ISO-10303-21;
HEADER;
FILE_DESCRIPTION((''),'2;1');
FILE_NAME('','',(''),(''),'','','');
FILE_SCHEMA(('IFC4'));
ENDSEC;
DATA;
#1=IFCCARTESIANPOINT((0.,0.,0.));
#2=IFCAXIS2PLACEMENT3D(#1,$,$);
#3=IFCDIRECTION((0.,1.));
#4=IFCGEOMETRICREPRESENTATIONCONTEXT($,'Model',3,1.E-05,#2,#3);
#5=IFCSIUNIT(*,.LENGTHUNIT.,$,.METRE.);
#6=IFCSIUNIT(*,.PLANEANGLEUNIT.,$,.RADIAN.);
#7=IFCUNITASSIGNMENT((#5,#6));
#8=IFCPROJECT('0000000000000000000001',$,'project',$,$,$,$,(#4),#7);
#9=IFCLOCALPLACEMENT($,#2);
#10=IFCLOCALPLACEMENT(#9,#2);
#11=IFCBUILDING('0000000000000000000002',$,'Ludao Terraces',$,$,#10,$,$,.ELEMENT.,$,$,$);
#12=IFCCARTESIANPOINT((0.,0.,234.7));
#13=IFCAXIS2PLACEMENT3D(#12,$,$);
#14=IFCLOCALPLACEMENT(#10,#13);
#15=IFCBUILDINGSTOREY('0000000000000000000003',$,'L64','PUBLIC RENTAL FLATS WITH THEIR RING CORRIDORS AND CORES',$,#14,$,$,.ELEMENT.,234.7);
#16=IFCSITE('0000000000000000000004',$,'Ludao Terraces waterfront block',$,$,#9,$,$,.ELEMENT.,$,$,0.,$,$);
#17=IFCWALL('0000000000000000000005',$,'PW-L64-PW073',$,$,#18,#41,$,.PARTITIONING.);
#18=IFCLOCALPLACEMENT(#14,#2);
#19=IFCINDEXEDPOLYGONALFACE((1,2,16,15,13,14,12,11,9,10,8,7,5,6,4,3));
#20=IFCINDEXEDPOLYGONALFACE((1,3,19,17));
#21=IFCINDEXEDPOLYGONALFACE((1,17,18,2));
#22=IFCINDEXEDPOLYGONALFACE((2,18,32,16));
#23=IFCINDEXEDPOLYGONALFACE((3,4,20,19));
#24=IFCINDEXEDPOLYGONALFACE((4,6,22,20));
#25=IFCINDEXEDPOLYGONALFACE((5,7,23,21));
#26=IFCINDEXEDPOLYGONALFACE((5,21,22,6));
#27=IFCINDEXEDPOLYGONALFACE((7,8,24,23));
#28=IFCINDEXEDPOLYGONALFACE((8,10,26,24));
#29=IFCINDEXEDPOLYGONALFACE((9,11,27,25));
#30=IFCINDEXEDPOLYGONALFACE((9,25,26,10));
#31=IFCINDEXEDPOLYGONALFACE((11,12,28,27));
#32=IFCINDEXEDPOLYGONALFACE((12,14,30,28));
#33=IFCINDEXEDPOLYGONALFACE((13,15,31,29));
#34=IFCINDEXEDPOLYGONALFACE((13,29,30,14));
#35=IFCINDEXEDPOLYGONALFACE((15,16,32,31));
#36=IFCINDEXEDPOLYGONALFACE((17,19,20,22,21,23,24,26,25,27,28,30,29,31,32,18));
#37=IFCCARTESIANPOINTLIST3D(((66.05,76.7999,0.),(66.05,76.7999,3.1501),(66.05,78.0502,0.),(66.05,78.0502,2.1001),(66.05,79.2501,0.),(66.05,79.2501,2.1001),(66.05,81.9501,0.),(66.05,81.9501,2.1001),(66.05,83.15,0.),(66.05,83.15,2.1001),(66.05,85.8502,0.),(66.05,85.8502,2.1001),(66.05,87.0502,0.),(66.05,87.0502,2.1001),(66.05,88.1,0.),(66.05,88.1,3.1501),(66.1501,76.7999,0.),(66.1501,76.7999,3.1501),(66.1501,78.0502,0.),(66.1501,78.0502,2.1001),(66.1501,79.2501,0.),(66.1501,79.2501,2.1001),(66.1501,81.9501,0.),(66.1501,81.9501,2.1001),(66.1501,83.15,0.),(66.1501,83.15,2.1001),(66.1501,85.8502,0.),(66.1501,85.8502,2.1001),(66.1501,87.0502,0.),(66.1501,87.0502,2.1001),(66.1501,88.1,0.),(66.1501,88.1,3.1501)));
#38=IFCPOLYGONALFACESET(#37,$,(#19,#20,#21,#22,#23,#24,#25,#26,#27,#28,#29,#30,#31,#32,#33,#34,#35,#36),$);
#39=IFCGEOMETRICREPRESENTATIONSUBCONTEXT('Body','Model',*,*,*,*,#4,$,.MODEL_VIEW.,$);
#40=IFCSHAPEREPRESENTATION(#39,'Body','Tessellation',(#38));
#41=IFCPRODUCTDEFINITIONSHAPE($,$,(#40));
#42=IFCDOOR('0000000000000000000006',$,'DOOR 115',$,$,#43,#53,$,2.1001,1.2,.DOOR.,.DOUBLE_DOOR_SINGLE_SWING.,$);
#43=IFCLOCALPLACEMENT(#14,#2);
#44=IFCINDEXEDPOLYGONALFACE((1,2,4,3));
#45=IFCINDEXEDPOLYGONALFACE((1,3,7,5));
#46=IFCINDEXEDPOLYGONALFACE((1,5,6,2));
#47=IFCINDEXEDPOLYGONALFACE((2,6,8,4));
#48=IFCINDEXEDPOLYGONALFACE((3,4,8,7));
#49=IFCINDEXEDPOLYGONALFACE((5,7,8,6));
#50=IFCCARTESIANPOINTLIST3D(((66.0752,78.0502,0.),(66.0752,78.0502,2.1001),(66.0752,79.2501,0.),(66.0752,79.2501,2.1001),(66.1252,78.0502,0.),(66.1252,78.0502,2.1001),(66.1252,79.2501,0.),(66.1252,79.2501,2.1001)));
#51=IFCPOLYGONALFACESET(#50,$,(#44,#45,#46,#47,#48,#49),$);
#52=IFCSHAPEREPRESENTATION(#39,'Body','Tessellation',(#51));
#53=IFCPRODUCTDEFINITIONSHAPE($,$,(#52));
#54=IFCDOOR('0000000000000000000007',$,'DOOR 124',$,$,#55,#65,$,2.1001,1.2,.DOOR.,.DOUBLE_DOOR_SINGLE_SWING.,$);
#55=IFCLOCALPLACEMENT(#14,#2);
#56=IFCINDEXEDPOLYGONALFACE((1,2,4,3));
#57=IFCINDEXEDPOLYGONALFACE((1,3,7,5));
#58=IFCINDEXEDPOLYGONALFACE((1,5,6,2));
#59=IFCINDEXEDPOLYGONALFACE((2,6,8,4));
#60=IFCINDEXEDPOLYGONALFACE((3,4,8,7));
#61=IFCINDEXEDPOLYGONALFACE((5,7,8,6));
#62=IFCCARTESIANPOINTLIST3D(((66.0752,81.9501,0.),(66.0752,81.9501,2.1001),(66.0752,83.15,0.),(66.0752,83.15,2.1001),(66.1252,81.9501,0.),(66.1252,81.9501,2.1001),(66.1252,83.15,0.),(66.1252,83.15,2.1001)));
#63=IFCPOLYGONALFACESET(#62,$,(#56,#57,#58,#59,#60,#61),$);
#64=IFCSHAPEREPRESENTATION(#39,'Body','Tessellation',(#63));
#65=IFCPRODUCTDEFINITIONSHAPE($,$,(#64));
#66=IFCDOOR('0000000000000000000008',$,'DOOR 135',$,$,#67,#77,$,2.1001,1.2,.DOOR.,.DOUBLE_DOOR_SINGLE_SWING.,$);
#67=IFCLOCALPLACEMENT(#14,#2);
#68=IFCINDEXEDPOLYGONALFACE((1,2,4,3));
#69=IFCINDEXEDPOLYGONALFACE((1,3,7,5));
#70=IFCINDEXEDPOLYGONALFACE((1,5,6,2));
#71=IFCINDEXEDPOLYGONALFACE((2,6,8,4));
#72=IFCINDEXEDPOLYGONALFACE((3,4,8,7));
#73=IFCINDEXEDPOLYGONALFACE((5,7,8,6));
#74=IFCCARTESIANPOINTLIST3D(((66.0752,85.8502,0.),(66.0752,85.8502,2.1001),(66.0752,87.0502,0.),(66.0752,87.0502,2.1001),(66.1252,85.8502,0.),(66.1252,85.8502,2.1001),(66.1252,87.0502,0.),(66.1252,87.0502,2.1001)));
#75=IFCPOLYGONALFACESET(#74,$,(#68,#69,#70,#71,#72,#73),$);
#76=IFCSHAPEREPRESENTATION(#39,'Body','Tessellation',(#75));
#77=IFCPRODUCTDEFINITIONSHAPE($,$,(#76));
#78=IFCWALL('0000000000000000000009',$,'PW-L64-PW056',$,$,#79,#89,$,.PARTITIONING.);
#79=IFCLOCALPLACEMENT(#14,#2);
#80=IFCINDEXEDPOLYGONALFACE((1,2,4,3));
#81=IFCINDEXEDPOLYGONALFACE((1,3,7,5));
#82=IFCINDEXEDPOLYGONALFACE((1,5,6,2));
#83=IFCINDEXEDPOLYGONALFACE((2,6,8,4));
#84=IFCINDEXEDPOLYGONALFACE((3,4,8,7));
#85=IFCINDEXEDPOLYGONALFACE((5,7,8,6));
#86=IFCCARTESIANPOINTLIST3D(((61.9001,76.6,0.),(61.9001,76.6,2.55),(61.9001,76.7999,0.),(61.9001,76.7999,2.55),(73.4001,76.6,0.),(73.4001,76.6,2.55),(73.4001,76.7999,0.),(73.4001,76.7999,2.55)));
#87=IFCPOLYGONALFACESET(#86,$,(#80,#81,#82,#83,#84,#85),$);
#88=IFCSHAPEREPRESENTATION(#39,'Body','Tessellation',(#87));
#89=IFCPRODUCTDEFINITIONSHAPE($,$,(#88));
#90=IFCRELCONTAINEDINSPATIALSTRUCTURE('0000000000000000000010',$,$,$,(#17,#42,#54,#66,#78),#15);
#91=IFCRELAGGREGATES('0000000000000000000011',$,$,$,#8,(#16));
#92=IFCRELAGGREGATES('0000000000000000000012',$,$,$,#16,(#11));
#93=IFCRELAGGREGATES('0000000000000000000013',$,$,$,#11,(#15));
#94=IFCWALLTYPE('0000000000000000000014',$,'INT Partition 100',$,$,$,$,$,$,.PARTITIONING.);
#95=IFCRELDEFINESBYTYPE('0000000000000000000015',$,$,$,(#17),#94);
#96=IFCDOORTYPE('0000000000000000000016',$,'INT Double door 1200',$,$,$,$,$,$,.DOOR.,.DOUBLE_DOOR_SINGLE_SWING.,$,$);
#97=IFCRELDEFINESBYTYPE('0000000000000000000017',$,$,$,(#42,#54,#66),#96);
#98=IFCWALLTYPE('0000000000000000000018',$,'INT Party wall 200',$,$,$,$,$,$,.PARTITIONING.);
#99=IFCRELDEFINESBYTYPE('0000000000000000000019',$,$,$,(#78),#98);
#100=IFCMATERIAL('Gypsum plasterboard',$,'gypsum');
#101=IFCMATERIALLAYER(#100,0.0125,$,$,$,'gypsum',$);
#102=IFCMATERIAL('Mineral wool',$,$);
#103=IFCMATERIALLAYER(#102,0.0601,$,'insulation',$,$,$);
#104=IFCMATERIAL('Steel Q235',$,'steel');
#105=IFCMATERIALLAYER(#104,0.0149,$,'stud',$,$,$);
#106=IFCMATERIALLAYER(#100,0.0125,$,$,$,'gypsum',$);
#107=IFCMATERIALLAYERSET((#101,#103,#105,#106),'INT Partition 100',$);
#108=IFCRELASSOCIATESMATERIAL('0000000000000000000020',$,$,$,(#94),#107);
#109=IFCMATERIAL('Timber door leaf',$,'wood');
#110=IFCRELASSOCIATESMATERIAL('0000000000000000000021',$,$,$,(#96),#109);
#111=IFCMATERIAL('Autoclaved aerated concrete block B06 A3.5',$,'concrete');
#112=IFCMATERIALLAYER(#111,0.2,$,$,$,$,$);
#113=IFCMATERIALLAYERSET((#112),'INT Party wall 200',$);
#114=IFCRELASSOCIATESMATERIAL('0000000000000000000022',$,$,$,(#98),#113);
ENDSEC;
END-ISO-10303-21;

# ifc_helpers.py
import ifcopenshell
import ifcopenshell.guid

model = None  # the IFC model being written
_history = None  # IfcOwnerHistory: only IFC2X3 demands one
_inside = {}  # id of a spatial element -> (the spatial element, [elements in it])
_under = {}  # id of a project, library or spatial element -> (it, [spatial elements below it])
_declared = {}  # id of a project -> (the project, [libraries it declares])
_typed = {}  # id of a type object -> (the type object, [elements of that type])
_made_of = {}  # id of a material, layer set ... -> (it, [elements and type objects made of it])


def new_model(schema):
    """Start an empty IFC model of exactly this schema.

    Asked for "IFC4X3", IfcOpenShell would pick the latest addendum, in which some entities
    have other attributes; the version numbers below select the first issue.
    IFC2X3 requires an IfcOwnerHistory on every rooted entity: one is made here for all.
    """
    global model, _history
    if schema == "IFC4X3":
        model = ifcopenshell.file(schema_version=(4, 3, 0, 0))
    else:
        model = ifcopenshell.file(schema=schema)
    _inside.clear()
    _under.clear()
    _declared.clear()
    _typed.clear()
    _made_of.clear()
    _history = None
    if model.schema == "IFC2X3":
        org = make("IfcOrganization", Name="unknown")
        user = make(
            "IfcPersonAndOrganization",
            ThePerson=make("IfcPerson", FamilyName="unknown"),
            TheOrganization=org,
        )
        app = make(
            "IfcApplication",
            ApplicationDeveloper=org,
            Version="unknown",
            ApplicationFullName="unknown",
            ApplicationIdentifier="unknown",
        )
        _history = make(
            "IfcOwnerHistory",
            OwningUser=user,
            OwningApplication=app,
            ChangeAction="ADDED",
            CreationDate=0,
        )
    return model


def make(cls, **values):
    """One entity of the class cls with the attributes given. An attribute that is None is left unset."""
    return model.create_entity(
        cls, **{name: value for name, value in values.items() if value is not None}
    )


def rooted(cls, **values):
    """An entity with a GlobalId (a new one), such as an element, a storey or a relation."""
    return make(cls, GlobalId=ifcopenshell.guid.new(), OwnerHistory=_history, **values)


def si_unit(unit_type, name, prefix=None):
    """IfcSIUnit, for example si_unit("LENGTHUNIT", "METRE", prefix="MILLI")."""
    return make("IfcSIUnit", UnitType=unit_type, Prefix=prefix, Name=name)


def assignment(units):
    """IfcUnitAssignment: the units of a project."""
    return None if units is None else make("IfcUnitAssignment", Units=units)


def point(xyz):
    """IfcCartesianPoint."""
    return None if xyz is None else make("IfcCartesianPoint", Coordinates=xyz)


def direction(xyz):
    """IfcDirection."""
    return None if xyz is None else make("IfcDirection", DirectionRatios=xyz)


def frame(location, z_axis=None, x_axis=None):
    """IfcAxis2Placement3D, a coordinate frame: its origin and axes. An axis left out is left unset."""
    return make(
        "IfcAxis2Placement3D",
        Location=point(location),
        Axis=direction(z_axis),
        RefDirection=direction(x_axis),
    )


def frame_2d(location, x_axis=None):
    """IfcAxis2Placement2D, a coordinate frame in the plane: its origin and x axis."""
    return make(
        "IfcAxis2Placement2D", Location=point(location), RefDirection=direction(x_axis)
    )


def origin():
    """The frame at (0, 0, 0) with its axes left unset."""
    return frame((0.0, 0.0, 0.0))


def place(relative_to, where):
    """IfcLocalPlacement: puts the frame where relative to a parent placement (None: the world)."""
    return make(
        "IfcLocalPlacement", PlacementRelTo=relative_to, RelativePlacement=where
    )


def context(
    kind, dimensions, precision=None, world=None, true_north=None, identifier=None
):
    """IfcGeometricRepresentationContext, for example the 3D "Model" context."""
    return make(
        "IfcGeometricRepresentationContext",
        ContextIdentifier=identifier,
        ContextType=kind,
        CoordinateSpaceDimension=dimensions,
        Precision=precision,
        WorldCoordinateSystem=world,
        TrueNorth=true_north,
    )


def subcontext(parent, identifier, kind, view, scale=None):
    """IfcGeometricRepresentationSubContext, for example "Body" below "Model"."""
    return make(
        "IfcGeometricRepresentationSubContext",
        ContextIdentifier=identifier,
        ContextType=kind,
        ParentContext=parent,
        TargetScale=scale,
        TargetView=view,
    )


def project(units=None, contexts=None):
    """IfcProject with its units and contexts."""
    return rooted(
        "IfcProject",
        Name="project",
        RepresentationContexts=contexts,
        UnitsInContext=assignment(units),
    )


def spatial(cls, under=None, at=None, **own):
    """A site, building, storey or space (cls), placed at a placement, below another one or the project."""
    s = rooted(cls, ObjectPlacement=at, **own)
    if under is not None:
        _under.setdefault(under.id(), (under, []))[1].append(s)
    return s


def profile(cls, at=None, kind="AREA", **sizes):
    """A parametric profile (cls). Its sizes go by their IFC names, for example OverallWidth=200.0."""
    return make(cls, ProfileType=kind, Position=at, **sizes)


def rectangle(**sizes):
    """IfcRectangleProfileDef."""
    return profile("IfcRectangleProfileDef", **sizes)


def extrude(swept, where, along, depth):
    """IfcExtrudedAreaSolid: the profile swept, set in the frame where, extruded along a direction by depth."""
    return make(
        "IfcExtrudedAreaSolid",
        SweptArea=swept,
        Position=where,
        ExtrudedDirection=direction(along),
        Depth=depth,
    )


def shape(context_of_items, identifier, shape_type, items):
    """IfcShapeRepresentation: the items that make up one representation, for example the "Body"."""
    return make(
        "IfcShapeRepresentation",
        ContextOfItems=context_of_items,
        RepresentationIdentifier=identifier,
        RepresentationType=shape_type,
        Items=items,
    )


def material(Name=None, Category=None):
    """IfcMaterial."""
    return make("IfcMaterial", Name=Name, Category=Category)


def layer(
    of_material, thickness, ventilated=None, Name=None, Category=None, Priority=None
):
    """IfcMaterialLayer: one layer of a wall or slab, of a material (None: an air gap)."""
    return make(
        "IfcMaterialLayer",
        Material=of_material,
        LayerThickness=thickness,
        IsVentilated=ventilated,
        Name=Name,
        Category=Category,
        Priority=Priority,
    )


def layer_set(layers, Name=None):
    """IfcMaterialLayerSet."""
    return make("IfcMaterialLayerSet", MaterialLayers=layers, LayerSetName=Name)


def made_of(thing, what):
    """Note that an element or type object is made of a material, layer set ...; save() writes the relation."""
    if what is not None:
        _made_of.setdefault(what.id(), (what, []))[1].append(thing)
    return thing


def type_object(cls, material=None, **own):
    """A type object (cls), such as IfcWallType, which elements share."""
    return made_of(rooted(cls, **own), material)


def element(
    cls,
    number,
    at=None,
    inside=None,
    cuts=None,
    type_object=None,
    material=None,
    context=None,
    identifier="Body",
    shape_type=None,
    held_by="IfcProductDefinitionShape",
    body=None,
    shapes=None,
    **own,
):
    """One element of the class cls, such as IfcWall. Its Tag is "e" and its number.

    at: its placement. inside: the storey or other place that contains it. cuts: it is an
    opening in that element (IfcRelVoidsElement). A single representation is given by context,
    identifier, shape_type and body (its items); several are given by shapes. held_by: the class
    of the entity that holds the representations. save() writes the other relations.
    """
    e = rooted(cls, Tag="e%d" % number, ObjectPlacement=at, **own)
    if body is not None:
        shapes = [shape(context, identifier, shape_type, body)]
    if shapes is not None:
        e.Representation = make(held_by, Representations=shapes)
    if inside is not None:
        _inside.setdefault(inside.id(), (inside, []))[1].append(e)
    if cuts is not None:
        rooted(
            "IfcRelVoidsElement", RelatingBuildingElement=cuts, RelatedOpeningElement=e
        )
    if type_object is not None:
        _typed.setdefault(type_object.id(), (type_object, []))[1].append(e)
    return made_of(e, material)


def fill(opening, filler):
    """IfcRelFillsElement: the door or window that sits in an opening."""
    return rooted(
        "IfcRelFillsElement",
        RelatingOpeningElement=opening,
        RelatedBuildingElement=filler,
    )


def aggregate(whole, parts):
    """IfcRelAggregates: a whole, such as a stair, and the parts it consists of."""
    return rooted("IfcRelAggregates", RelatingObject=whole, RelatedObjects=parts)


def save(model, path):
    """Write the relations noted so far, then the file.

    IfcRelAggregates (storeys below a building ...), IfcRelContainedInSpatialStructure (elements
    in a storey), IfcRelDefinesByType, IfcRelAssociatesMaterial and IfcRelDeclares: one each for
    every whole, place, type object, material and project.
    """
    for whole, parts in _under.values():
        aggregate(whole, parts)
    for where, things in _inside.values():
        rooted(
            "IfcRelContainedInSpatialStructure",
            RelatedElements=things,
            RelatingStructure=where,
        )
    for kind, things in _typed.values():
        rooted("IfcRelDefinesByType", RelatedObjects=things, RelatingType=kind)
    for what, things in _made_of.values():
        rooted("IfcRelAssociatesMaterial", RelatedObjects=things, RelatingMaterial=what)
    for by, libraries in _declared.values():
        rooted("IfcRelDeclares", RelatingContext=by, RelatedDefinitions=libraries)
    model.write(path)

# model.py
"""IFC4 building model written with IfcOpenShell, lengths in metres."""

from ifc_helpers import new_model, si_unit, direction, frame, frame_2d, origin, place, context, subcontext, project, spatial, rectangle, extrude, material, layer, layer_set, type_object, element, fill, save


model = new_model("IFC4")

# Units and contexts
model_context = context("Model", 3, precision=1e-05, world=origin(), true_north=direction((0.0, 1.0)))
body_context = subcontext(model_context, "Body", "Model", "MODEL_VIEW")
ifc_project = project(units=[si_unit("LENGTHUNIT", "METRE"), si_unit("PLANEANGLEUNIT", "RADIAN")], contexts=[model_context])

# Site, building, storey
site_placement = place(None, origin())
site = spatial("IfcSite", under=ifc_project, at=site_placement, Name="Ludao Terraces waterfront block", CompositionType="ELEMENT", RefElevation=0.0)
building_placement = place(site_placement, origin())
building = spatial("IfcBuilding", under=site, at=building_placement, Name="Ludao Terraces", CompositionType="ELEMENT")
storey_placement = place(building_placement, frame((0.0, 0.0, 234.7)))
storey = spatial("IfcBuildingStorey", under=building, at=storey_placement, Name="L64", Description="PUBLIC RENTAL FLATS WITH THEIR RING CORRIDORS AND CORES", CompositionType="ELEMENT", Elevation=234.7)

# Shared definitions
ifc_material_1 = material(Name="Mineral wool")

# Shared definitions
ifc_material_2 = material(Name="Gypsum plasterboard", Category="gypsum")
ifc_layer_1 = layer(ifc_material_2, 0.0125, Category="gypsum")
ifc_layer_2 = layer(ifc_material_1, 0.0601, Name="insulation")
ifc_material_3 = material(Name="Steel Q235", Category="steel")
ifc_layer_3 = layer(ifc_material_3, 0.0149, Name="stud")
ifc_layer_4 = layer(ifc_material_2, 0.0125, Category="gypsum")
ifc_layer_set_1 = layer_set([ifc_layer_1, ifc_layer_2, ifc_layer_3, ifc_layer_4], Name="INT Partition 100")
wall_type_1 = type_object("IfcWallType", Name="INT Partition 100", PredefinedType="PARTITIONING", material=ifc_layer_set_1)

# Wall, openings, doors
wall_1_placement = place(storey_placement, frame((66.1001, 76.8, 0.0), z_axis=(0.0, 0.0, 1.0), x_axis=(0.0, 1.0, 0.0)))
wall_1 = element("IfcWall", 1, at=wall_1_placement, inside=storey, type_object=wall_type_1, Name="PW-L64-PW073", PredefinedType="PARTITIONING", context=body_context, shape_type="SweptSolid", body=[
    extrude(rectangle(XDim=11.3, YDim=0.1001, at=frame_2d((5.6499, 0.0))), origin(), (0.0, 0.0, 1.0), 3.1501),
])
opening_1_placement = place(wall_1_placement, frame((1.25, 0.0, 0.0)))
opening_1 = element("IfcOpeningElement", 2, at=opening_1_placement, cuts=wall_1, PredefinedType="OPENING", context=body_context, shape_type="SweptSolid", body=[
    extrude(rectangle(XDim=1.2, YDim=2.1001, at=frame_2d((0.6001, 1.05))), frame((0.0, 0.0601, 0.0), z_axis=(0.0, -1.0, 0.0), x_axis=(1.0, 0.0, 0.0)), (0.0, 0.0, 1.0), 0.1201),
])
opening_2_placement = place(wall_1_placement, frame((5.1499, 0.0, 0.0)))
opening_2 = element("IfcOpeningElement", 3, at=opening_2_placement, cuts=wall_1, PredefinedType="OPENING", context=body_context, shape_type="SweptSolid", body=[
    extrude(rectangle(XDim=1.2, YDim=2.1001, at=frame_2d((0.6001, 1.05))), frame((0.0, 0.0601, 0.0), z_axis=(0.0, -1.0, 0.0), x_axis=(1.0, 0.0, 0.0)), (0.0, 0.0, 1.0), 0.1201),
])
opening_3_placement = place(wall_1_placement, frame((9.05, 0.0, 0.0)))
opening_3 = element("IfcOpeningElement", 4, at=opening_3_placement, cuts=wall_1, PredefinedType="OPENING", context=body_context, shape_type="SweptSolid", body=[
    extrude(rectangle(XDim=1.2, YDim=2.1001, at=frame_2d((0.6001, 1.05))), frame((0.0, 0.0601, 0.0), z_axis=(0.0, -1.0, 0.0), x_axis=(1.0, 0.0, 0.0)), (0.0, 0.0, 1.0), 0.1201),
])
ifc_material_4 = material(Name="Timber door leaf", Category="wood")
door_type = type_object("IfcDoorType", Name="INT Double door 1200", OperationType="DOUBLE_DOOR_SINGLE_SWING", PredefinedType="DOOR", material=ifc_material_4)
door_1_placement = place(opening_1_placement, origin())
door_1 = element("IfcDoor", 5, at=door_1_placement, inside=storey, type_object=door_type, Name="DOOR 115", OperationType="DOUBLE_DOOR_SINGLE_SWING", OverallHeight=2.1001, OverallWidth=1.2, PredefinedType="DOOR", context=body_context, shape_type="SweptSolid", body=[
    extrude(rectangle(XDim=1.2, YDim=2.1001, at=frame_2d((0.6001, 1.05))), frame((0.0, 0.0249, 0.0), z_axis=(0.0, -1.0, 0.0), x_axis=(1.0, 0.0, 0.0)), (0.0, 0.0, 1.0), 0.05),
])
fill(opening_1, door_1)
door_2_placement = place(opening_2_placement, origin())
door_2 = element("IfcDoor", 6, at=door_2_placement, inside=storey, type_object=door_type, Name="DOOR 124", OperationType="DOUBLE_DOOR_SINGLE_SWING", OverallHeight=2.1001, OverallWidth=1.2, PredefinedType="DOOR", context=body_context, shape_type="SweptSolid", body=[
    extrude(rectangle(XDim=1.2, YDim=2.1001, at=frame_2d((0.6001, 1.05))), frame((0.0, 0.0249, 0.0), z_axis=(0.0, -1.0, 0.0), x_axis=(1.0, 0.0, 0.0)), (0.0, 0.0, 1.0), 0.05),
])
fill(opening_2, door_2)
door_3_placement = place(opening_3_placement, origin())
door_3 = element("IfcDoor", 7, at=door_3_placement, inside=storey, type_object=door_type, Name="DOOR 135", OperationType="DOUBLE_DOOR_SINGLE_SWING", OverallHeight=2.1001, OverallWidth=1.2, PredefinedType="DOOR", context=body_context, shape_type="SweptSolid", body=[
    extrude(rectangle(XDim=1.2, YDim=2.1001, at=frame_2d((0.6001, 1.05))), frame((0.0, 0.0249, 0.0), z_axis=(0.0, -1.0, 0.0), x_axis=(1.0, 0.0, 0.0)), (0.0, 0.0, 1.0), 0.05),
])
fill(opening_3, door_3)

# Wall
ifc_material_5 = material(Name="Autoclaved aerated concrete block B06 A3.5", Category="concrete")
ifc_layer_5 = layer(ifc_material_5, 0.2)
ifc_layer_set_2 = layer_set([ifc_layer_5], Name="INT Party wall 200")
wall_type_2 = type_object("IfcWallType", Name="INT Party wall 200", PredefinedType="PARTITIONING", material=ifc_layer_set_2)
wall_2_placement = place(storey_placement, frame((61.9001, 76.7, 0.0), z_axis=(0.0, 0.0, 1.0), x_axis=(1.0, 0.0, 0.0)))
element("IfcWall", 8, at=wall_2_placement, inside=storey, type_object=wall_type_2, Name="PW-L64-PW056", PredefinedType="PARTITIONING", context=body_context, shape_type="SweptSolid", body=[
    extrude(rectangle(XDim=11.5, YDim=0.2, at=frame_2d((5.75, 0.0))), origin(), (0.0, 0.0, 1.0), 2.55),
])

save(model, "model.ifc")
